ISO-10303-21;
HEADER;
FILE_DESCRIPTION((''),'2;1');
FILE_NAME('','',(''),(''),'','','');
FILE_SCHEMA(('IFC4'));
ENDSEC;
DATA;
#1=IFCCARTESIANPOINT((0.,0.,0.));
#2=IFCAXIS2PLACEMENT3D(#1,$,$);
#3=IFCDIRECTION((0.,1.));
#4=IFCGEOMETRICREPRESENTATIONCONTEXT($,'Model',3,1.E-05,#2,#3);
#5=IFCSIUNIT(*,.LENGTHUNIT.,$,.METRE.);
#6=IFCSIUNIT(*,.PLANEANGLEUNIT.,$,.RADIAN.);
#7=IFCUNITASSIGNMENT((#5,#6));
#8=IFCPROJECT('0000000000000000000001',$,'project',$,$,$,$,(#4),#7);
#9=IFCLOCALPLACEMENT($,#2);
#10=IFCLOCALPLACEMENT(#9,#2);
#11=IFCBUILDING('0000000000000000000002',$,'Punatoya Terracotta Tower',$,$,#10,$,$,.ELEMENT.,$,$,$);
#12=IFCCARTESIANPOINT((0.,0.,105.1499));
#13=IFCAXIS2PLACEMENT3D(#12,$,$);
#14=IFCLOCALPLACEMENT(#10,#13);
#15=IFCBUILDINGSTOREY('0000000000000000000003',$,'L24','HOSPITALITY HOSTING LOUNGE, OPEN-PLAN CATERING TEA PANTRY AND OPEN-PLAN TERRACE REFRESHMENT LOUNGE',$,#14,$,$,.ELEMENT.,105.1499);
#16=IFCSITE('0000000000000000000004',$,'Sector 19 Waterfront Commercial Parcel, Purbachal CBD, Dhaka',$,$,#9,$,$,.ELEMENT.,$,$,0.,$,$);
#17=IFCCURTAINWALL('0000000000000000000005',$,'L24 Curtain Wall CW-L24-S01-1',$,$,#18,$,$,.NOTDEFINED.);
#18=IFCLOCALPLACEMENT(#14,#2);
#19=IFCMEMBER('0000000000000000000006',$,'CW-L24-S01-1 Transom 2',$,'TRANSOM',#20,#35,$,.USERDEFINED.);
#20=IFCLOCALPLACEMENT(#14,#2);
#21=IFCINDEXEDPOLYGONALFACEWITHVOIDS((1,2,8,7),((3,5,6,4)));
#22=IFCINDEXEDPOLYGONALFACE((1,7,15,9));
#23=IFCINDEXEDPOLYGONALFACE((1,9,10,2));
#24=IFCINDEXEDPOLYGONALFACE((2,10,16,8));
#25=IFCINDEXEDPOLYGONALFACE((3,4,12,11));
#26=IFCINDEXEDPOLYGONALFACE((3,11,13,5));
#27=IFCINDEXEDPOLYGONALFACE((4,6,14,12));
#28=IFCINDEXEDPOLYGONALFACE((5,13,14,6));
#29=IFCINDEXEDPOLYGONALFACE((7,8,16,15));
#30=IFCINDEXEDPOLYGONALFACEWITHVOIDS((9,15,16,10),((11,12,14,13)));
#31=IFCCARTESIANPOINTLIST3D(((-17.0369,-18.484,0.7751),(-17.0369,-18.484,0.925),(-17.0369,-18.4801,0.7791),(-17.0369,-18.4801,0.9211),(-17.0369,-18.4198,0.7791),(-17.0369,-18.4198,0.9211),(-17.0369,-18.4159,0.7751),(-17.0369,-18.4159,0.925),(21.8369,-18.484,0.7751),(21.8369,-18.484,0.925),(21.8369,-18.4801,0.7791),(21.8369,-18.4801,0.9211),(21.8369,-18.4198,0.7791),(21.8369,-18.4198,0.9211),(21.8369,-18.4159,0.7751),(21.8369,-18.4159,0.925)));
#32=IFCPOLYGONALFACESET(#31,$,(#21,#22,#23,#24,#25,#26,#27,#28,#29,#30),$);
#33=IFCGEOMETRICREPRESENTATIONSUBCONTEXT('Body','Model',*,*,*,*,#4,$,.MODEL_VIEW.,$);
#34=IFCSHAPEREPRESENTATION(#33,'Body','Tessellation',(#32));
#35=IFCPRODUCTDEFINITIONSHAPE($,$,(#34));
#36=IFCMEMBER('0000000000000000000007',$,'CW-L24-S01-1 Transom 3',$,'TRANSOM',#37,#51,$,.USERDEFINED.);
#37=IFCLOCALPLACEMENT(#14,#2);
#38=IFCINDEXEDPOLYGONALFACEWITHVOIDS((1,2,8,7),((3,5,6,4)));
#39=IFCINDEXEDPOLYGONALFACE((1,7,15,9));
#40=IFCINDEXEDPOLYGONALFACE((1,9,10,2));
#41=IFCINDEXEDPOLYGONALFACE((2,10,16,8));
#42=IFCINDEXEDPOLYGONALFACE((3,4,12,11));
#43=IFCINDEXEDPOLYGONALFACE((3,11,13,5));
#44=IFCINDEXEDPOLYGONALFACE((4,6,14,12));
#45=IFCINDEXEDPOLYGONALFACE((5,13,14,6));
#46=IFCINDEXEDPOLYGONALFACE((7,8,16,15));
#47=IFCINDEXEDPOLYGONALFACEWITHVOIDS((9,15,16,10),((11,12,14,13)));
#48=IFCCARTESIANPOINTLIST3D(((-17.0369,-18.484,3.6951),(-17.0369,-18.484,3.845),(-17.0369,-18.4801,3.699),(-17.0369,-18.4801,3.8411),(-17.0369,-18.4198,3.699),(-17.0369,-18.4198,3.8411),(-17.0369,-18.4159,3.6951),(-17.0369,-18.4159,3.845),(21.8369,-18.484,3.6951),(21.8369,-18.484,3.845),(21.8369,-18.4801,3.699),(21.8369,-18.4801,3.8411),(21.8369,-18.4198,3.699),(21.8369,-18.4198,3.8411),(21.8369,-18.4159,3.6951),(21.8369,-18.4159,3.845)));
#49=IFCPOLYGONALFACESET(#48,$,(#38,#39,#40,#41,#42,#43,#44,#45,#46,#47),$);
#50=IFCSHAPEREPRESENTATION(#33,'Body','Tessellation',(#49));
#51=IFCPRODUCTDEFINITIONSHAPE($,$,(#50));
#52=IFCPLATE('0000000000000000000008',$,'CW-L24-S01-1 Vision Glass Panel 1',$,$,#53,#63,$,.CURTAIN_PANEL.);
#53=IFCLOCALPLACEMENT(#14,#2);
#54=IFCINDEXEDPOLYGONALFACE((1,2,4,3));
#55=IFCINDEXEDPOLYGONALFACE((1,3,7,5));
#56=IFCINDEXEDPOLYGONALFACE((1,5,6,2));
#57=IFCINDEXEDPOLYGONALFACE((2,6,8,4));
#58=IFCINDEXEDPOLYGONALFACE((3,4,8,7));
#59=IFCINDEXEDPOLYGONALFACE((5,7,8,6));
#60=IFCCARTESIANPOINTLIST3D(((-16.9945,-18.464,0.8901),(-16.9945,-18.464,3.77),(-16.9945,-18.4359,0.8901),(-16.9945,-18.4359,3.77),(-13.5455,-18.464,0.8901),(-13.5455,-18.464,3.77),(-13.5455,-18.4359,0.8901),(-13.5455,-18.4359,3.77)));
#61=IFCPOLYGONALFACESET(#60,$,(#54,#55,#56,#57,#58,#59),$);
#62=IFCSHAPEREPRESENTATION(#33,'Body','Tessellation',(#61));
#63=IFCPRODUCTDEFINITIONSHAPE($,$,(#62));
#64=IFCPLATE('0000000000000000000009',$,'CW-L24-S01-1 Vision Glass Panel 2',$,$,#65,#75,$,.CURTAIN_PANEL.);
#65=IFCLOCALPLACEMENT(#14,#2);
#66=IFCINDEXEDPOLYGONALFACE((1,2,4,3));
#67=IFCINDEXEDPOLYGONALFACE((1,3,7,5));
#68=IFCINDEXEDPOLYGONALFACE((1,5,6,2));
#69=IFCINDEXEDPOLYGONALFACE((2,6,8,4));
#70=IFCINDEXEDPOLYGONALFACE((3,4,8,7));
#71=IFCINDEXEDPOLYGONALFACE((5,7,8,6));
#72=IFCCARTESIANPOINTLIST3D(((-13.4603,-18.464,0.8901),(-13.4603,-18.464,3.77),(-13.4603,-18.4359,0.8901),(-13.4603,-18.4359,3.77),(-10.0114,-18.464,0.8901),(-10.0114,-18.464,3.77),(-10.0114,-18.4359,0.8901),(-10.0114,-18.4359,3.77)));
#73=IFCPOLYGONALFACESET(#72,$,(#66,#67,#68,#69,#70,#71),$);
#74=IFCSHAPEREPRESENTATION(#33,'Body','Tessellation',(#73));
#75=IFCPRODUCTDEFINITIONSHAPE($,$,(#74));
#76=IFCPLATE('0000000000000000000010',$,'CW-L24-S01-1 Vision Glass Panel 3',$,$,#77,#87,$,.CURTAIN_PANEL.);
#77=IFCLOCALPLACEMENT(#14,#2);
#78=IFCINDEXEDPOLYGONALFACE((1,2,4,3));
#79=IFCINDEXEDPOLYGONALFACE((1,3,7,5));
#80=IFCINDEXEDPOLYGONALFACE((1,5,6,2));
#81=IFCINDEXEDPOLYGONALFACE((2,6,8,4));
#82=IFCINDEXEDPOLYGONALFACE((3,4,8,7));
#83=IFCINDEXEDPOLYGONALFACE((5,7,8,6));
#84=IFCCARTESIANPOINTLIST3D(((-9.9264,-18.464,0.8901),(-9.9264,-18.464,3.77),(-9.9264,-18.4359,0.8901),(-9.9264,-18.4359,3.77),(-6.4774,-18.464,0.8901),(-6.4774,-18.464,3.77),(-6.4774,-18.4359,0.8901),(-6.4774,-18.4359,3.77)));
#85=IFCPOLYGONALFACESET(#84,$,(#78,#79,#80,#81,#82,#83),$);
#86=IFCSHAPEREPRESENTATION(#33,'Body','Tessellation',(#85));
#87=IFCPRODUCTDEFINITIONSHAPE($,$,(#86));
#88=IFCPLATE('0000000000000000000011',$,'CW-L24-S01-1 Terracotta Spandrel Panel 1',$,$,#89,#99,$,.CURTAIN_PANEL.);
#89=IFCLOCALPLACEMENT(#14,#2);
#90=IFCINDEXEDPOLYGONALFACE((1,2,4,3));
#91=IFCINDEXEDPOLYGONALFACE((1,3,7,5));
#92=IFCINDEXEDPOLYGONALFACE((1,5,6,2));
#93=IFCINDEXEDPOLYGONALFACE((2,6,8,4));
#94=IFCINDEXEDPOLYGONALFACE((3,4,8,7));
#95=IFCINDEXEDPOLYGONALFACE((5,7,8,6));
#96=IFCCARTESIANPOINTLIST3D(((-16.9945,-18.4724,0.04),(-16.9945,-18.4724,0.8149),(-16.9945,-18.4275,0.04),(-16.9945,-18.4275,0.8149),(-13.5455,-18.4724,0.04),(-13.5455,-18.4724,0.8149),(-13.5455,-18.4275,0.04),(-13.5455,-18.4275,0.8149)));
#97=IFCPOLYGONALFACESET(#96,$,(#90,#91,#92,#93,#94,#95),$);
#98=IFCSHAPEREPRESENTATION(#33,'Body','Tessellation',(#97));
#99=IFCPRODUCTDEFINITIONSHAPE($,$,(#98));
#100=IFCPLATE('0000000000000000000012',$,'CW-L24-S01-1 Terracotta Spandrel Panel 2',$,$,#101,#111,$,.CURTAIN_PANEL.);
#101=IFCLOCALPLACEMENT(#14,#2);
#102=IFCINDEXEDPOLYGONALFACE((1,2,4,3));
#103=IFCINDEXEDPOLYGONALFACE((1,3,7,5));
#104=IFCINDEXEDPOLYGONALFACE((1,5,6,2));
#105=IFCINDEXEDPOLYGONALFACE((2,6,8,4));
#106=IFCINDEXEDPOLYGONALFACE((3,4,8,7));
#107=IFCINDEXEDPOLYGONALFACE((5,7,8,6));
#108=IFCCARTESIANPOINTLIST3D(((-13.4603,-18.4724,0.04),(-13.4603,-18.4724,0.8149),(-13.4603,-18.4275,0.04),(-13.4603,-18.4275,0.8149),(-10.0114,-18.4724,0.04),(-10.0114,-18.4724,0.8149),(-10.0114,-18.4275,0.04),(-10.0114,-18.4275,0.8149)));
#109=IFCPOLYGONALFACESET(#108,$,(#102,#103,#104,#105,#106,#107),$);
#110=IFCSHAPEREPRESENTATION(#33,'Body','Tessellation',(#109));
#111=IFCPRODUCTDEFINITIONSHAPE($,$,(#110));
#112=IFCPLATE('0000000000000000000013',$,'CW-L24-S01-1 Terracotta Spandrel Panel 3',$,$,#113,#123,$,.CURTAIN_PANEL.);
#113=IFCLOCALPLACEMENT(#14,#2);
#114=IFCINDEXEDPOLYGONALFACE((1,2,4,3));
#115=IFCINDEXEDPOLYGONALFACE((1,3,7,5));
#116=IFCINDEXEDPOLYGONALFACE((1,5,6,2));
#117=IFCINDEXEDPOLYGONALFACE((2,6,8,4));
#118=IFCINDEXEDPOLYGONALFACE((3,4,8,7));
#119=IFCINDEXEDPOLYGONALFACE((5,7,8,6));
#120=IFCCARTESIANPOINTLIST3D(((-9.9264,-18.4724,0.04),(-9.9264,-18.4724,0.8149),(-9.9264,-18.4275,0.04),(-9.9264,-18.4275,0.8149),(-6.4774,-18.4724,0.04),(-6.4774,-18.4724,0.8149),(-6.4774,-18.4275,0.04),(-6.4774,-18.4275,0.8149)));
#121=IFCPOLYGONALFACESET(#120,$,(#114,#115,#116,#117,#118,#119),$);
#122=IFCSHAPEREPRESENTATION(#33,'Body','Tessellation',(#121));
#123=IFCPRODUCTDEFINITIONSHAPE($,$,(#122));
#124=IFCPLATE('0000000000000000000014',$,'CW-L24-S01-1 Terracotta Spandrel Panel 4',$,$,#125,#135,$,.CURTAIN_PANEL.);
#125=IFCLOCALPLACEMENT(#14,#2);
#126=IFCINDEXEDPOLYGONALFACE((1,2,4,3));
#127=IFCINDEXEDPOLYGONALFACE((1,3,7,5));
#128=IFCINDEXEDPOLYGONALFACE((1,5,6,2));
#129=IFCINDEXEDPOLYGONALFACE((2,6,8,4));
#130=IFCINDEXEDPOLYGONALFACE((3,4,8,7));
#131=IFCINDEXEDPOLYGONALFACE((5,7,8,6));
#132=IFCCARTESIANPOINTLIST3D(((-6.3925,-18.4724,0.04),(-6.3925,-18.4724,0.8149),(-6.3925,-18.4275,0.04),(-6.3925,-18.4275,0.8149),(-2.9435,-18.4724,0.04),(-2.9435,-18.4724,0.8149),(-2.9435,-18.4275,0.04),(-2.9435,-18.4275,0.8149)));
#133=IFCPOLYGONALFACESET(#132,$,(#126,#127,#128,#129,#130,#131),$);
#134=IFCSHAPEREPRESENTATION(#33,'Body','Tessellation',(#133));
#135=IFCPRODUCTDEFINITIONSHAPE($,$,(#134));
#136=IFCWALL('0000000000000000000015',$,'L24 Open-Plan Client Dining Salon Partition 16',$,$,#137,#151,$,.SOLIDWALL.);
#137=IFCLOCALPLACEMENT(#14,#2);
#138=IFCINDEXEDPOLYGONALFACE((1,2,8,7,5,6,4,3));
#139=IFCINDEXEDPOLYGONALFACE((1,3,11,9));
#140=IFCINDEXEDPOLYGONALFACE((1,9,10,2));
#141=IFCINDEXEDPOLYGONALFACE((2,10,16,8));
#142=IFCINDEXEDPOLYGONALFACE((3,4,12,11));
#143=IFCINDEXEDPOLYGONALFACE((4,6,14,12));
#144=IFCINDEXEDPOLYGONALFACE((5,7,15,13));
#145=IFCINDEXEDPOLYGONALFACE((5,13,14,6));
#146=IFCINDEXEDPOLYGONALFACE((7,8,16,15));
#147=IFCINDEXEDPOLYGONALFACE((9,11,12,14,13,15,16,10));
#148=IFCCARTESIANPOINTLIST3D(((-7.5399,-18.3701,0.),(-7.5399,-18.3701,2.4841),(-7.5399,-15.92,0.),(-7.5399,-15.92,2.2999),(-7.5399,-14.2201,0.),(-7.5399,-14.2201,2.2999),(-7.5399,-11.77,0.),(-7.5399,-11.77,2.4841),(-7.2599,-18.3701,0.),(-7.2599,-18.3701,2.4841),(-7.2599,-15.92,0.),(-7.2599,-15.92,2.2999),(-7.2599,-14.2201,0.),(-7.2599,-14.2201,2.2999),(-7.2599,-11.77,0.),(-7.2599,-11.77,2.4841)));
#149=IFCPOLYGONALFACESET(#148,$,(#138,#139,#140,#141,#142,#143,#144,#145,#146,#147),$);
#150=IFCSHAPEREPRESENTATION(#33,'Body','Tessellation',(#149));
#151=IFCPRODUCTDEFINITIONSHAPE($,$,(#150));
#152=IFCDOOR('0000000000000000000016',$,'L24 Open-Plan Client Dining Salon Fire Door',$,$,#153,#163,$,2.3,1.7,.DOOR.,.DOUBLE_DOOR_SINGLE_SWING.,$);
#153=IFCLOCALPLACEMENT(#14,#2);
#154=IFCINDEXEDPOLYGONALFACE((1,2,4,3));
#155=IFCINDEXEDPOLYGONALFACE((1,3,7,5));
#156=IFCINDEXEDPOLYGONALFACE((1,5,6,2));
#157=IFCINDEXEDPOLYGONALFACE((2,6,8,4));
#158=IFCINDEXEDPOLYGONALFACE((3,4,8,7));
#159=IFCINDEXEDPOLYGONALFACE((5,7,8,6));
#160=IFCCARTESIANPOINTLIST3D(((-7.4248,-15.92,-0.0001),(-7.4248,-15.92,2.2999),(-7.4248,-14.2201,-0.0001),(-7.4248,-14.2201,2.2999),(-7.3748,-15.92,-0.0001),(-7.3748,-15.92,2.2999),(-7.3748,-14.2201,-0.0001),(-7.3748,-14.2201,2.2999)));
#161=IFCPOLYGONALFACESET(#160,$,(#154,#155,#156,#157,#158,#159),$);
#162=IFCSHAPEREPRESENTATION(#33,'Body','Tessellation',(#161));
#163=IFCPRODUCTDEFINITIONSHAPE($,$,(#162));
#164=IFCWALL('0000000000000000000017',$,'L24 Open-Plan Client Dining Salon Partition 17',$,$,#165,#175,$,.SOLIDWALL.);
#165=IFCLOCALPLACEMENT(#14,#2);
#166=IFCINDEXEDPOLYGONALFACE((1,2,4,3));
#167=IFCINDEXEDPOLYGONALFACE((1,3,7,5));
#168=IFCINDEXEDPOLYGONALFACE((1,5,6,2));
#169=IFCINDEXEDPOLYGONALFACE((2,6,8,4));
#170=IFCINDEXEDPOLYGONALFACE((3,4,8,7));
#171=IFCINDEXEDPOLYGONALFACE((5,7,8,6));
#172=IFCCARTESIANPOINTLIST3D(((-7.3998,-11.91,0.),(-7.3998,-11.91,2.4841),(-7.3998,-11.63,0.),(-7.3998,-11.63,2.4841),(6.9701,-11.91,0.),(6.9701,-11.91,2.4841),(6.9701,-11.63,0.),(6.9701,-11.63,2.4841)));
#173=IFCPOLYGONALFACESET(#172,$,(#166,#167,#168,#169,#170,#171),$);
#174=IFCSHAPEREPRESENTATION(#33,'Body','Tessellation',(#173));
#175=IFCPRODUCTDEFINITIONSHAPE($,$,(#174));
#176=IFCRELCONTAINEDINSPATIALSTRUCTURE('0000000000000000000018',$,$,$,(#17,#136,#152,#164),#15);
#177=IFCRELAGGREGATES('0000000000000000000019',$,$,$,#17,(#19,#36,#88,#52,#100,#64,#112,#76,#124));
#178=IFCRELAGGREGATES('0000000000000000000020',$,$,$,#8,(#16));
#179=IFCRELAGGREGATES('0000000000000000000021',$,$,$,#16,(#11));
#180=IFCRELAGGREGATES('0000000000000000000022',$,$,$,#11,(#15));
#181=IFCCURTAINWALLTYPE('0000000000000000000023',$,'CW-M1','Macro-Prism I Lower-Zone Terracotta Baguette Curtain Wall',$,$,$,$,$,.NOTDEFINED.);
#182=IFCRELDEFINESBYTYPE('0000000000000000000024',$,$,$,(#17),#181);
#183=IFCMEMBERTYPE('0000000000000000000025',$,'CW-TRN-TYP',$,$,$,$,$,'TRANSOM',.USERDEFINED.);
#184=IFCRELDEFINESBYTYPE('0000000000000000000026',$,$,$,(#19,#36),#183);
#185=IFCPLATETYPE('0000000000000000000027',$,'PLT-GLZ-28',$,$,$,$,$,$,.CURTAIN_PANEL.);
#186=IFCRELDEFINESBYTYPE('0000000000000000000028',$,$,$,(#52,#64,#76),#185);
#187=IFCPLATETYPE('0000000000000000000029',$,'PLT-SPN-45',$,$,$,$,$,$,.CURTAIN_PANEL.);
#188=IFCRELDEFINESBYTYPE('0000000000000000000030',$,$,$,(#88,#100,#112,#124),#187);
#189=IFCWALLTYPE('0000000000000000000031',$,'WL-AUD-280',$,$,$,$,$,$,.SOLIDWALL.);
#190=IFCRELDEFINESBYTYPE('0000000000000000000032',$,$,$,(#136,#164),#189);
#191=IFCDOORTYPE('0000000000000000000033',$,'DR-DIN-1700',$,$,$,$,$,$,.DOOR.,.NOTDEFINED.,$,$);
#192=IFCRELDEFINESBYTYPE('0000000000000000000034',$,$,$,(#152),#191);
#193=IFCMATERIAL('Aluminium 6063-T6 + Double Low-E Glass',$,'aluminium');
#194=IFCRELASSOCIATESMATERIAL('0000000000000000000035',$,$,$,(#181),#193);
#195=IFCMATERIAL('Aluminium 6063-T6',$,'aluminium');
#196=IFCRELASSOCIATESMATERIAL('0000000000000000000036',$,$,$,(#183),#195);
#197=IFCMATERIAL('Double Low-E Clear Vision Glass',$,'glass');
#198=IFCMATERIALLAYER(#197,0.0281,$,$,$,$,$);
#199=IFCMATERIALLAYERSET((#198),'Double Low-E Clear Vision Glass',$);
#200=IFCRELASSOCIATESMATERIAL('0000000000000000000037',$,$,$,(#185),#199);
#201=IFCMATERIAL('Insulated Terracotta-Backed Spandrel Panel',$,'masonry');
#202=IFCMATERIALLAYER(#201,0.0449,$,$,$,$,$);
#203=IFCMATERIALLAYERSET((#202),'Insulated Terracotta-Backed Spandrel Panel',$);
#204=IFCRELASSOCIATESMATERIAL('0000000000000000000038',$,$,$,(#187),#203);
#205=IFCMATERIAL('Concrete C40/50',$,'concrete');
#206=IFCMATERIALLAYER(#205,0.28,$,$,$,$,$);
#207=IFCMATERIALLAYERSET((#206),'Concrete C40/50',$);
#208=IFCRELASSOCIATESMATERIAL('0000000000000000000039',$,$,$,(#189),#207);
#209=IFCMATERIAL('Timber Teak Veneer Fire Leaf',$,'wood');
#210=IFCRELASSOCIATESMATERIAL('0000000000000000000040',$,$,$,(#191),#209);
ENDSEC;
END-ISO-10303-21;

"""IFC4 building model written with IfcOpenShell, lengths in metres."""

from ifc_helpers import new_model, si_unit, direction, frame, frame_2d, origin, origin_2d, place, context, subcontext, project, spatial, rectangle, hollow_rectangle, extrude, material, layer, layer_set, material_profile, profile_set, type_object, element, fill, aggregate, save


model = new_model("IFC4")

# Units and contexts
model_context = context("Model", 3, precision=1e-05, world=origin(), true_north=direction((0.0, 1.0)))
body_context = subcontext(model_context, "Body", "Model", "MODEL_VIEW")
ifc_project = project(units=[si_unit("LENGTHUNIT", "METRE"), si_unit("PLANEANGLEUNIT", "RADIAN")], contexts=[model_context])

# Site, building, storey
site_placement = place(None, origin())
site = spatial("IfcSite", under=ifc_project, at=site_placement, Name="Sector 19 Waterfront Commercial Parcel, Purbachal CBD, Dhaka", CompositionType="ELEMENT", RefElevation=0.0)
building_placement = place(site_placement, origin())
building = spatial("IfcBuilding", under=site, at=building_placement, Name="Punatoya Terracotta Tower", CompositionType="ELEMENT")
storey_placement = place(building_placement, frame((0.0, 0.0, 105.1499)))
storey = spatial("IfcBuildingStorey", under=building, at=storey_placement, Name="L24", Description="HOSPITALITY HOSTING LOUNGE, OPEN-PLAN CATERING TEA PANTRY AND OPEN-PLAN TERRACE REFRESHMENT LOUNGE", CompositionType="ELEMENT", Elevation=105.1499)

# Curtain wall, members, plates
ifc_material_1 = material(Name="Aluminium 6063-T6 + Double Low-E Glass", Category="aluminium")
curtain_wall_type = type_object("IfcCurtainWallType", Name="CW-M1", Description="Macro-Prism I Lower-Zone Terracotta Baguette Curtain Wall", PredefinedType="NOTDEFINED", material=ifc_material_1)
curtain_wall_placement = place(storey_placement, origin())
curtain_wall = element("IfcCurtainWall", 1, at=curtain_wall_placement, inside=storey, type_object=curtain_wall_type, Name="L24 Curtain Wall CW-L24-S01-1", PredefinedType="NOTDEFINED")
ifc_material_2 = material(Name="Aluminium 6063-T6", Category="aluminium")
ifc_material_profile_1 = material_profile(ifc_material_2, hollow_rectangle(XDim=0.0681, YDim=0.1499, WallThickness=0.0039, at=origin_2d()))
ifc_profile_set_1 = profile_set([ifc_material_profile_1], Name="Aluminium 6063-T6")
member_type_1 = type_object("IfcMemberType", Name="CW-TRN-TYP", ElementType="TRANSOM", PredefinedType="USERDEFINED", material=ifc_profile_set_1)
member_1_placement = place(storey_placement, frame((-17.0369, -18.45, 0.8501), z_axis=(1.0, 0.0, 0.0), x_axis=(0.0, 1.0, 0.0)))
member_1 = element("IfcMember", 2, at=member_1_placement, type_object=member_type_1, Name="CW-L24-S01-1 Transom 2", ObjectType="TRANSOM", PredefinedType="USERDEFINED", context=body_context, shape_type="SweptSolid", body=[
    extrude(hollow_rectangle(XDim=0.0681, YDim=0.1499, WallThickness=0.0039, at=origin_2d()), origin(), (0.0, 0.0, 1.0), 38.8738),
])
member_2_placement = place(storey_placement, frame((-17.0369, -18.45, 3.77), z_axis=(1.0, 0.0, 0.0), x_axis=(0.0, 1.0, 0.0)))
member_2 = element("IfcMember", 3, at=member_2_placement, type_object=member_type_1, Name="CW-L24-S01-1 Transom 3", ObjectType="TRANSOM", PredefinedType="USERDEFINED", context=body_context, shape_type="SweptSolid", body=[
    extrude(hollow_rectangle(XDim=0.0681, YDim=0.1499, WallThickness=0.0039, at=origin_2d()), origin(), (0.0, 0.0, 1.0), 38.8738),
])
ifc_material_3 = material(Name="Double Low-E Clear Vision Glass", Category="glass")
ifc_layer_1 = layer(ifc_material_3, 0.0281)
ifc_layer_set_1 = layer_set([ifc_layer_1], Name="Double Low-E Clear Vision Glass")
plate_type_1 = type_object("IfcPlateType", Name="PLT-GLZ-28", PredefinedType="CURTAIN_PANEL", material=ifc_layer_set_1)
plate_1_placement = place(storey_placement, frame((-15.27, -18.45, 0.8901), z_axis=(0.0, 0.0, 1.0), x_axis=(1.0, 0.0, 0.0)))
plate_1 = element("IfcPlate", 4, at=plate_1_placement, type_object=plate_type_1, Name="CW-L24-S01-1 Vision Glass Panel 1", PredefinedType="CURTAIN_PANEL", context=body_context, shape_type="SweptSolid", body=[
    extrude(rectangle(XDim=3.449, YDim=0.0281, at=origin_2d()), origin(), (0.0, 0.0, 1.0), 2.8799),
])
plate_2_placement = place(storey_placement, frame((-11.7358, -18.45, 0.8901), z_axis=(0.0, 0.0, 1.0), x_axis=(1.0, 0.0, 0.0)))
plate_2 = element("IfcPlate", 5, at=plate_2_placement, type_object=plate_type_1, Name="CW-L24-S01-1 Vision Glass Panel 2", PredefinedType="CURTAIN_PANEL", context=body_context, shape_type="SweptSolid", body=[
    extrude(rectangle(XDim=3.449, YDim=0.0281, at=origin_2d()), origin(), (0.0, 0.0, 1.0), 2.8799),
])
plate_3_placement = place(storey_placement, frame((-8.2019, -18.45, 0.8901), z_axis=(0.0, 0.0, 1.0), x_axis=(1.0, 0.0, 0.0)))
plate_3 = element("IfcPlate", 6, at=plate_3_placement, type_object=plate_type_1, Name="CW-L24-S01-1 Vision Glass Panel 3", PredefinedType="CURTAIN_PANEL", context=body_context, shape_type="SweptSolid", body=[
    extrude(rectangle(XDim=3.449, YDim=0.0281, at=origin_2d()), origin(), (0.0, 0.0, 1.0), 2.8799),
])
ifc_material_4 = material(Name="Insulated Terracotta-Backed Spandrel Panel", Category="masonry")
ifc_layer_2 = layer(ifc_material_4, 0.0449)
ifc_layer_set_2 = layer_set([ifc_layer_2], Name="Insulated Terracotta-Backed Spandrel Panel")
plate_type_2 = type_object("IfcPlateType", Name="PLT-SPN-45", PredefinedType="CURTAIN_PANEL", material=ifc_layer_set_2)
plate_4_placement = place(storey_placement, frame((-15.27, -18.45, 0.04), z_axis=(0.0, 0.0, 1.0), x_axis=(1.0, 0.0, 0.0)))
plate_4 = element("IfcPlate", 7, at=plate_4_placement, type_object=plate_type_2, Name="CW-L24-S01-1 Terracotta Spandrel Panel 1", PredefinedType="CURTAIN_PANEL", context=body_context, shape_type="SweptSolid", body=[
    extrude(rectangle(XDim=3.449, YDim=0.0449, at=origin_2d()), origin(), (0.0, 0.0, 1.0), 0.7749),
])
plate_5_placement = place(storey_placement, frame((-11.7358, -18.45, 0.04), z_axis=(0.0, 0.0, 1.0), x_axis=(1.0, 0.0, 0.0)))
plate_5 = element("IfcPlate", 8, at=plate_5_placement, type_object=plate_type_2, Name="CW-L24-S01-1 Terracotta Spandrel Panel 2", PredefinedType="CURTAIN_PANEL", context=body_context, shape_type="SweptSolid", body=[
    extrude(rectangle(XDim=3.449, YDim=0.0449, at=origin_2d()), origin(), (0.0, 0.0, 1.0), 0.7749),
])
plate_6_placement = place(storey_placement, frame((-8.2019, -18.45, 0.04), z_axis=(0.0, 0.0, 1.0), x_axis=(1.0, 0.0, 0.0)))
plate_6 = element("IfcPlate", 9, at=plate_6_placement, type_object=plate_type_2, Name="CW-L24-S01-1 Terracotta Spandrel Panel 3", PredefinedType="CURTAIN_PANEL", context=body_context, shape_type="SweptSolid", body=[
    extrude(rectangle(XDim=3.449, YDim=0.0449, at=origin_2d()), origin(), (0.0, 0.0, 1.0), 0.7749),
])
plate_7_placement = place(storey_placement, frame((-4.668, -18.45, 0.04), z_axis=(0.0, 0.0, 1.0), x_axis=(1.0, 0.0, 0.0)))
plate_7 = element("IfcPlate", 10, at=plate_7_placement, type_object=plate_type_2, Name="CW-L24-S01-1 Terracotta Spandrel Panel 4", PredefinedType="CURTAIN_PANEL", context=body_context, shape_type="SweptSolid", body=[
    extrude(rectangle(XDim=3.449, YDim=0.0449, at=origin_2d()), origin(), (0.0, 0.0, 1.0), 0.7749),
])
aggregate(curtain_wall, [member_1, member_2, plate_4, plate_1, plate_5, plate_2, plate_6, plate_3, plate_7])

# Wall, opening, door
ifc_material_5 = material(Name="Concrete C40/50", Category="concrete")
ifc_layer_3 = layer(ifc_material_5, 0.28)
ifc_layer_set_3 = layer_set([ifc_layer_3], Name="Concrete C40/50")
wall_type_1 = type_object("IfcWallType", Name="WL-AUD-280", PredefinedType="SOLIDWALL", material=ifc_layer_set_3)
wall_1_placement = place(storey_placement, frame((-7.3999, -18.3701, 0.0), z_axis=(0.0, 0.0, 1.0), x_axis=(0.0, 1.0, 0.0)))
wall_1 = element("IfcWall", 11, at=wall_1_placement, inside=storey, type_object=wall_type_1, Name="L24 Open-Plan Client Dining Salon Partition 16", PredefinedType="SOLIDWALL", context=body_context, shape_type="SweptSolid", body=[
    extrude(rectangle(XDim=6.6001, YDim=0.28, at=frame_2d((3.3, 0.0))), origin(), (0.0, 0.0, 1.0), 2.4841),
])
opening_1_placement = place(wall_1_placement, frame((2.45, 0.0, 0.0)))
opening_1 = element("IfcOpeningElement", 12, at=opening_1_placement, cuts=wall_1, PredefinedType="OPENING", context=body_context, shape_type="SweptSolid", body=[
    extrude(rectangle(XDim=1.7, YDim=2.3, at=frame_2d((0.8501, 1.1499))), frame((0.0, 0.1499, 0.0), z_axis=(0.0, -1.0, 0.0), x_axis=(1.0, 0.0, 0.0)), (0.0, 0.0, 1.0), 0.3),
])
ifc_material_6 = material(Name="Timber Teak Veneer Fire Leaf", Category="wood")
door_type_1 = type_object("IfcDoorType", Name="DR-DIN-1700", OperationType="NOTDEFINED", PredefinedType="DOOR", material=ifc_material_6)
door_1_placement = place(opening_1_placement, origin())
door_1 = element("IfcDoor", 13, at=door_1_placement, inside=storey, type_object=door_type_1, Name="L24 Open-Plan Client Dining Salon Fire Door", OperationType="DOUBLE_DOOR_SINGLE_SWING", OverallHeight=2.3, OverallWidth=1.7, PredefinedType="DOOR", context=body_context, shape_type="SweptSolid", body=[
    extrude(rectangle(XDim=1.7, YDim=2.3, at=frame_2d((0.8501, 1.1499))), frame((0.0, 0.0249, 0.0), z_axis=(0.0, -1.0, 0.0), x_axis=(1.0, 0.0, 0.0)), (0.0, 0.0, 1.0), 0.05),
])
fill(opening_1, door_1)

# Wall
wall_2_placement = place(storey_placement, frame((-7.3999, -11.77, 0.0), z_axis=(0.0, 0.0, 1.0), x_axis=(1.0, 0.0, 0.0)))
element("IfcWall", 14, at=wall_2_placement, inside=storey, type_object=wall_type_1, Name="L24 Open-Plan Client Dining Salon Partition 17", PredefinedType="SOLIDWALL", context=body_context, shape_type="SweptSolid", body=[
    extrude(rectangle(XDim=14.3699, YDim=0.28, at=frame_2d((7.1851, 0.0))), origin(), (0.0, 0.0, 1.0), 2.4841),
])

save(model, "model.ifc")
